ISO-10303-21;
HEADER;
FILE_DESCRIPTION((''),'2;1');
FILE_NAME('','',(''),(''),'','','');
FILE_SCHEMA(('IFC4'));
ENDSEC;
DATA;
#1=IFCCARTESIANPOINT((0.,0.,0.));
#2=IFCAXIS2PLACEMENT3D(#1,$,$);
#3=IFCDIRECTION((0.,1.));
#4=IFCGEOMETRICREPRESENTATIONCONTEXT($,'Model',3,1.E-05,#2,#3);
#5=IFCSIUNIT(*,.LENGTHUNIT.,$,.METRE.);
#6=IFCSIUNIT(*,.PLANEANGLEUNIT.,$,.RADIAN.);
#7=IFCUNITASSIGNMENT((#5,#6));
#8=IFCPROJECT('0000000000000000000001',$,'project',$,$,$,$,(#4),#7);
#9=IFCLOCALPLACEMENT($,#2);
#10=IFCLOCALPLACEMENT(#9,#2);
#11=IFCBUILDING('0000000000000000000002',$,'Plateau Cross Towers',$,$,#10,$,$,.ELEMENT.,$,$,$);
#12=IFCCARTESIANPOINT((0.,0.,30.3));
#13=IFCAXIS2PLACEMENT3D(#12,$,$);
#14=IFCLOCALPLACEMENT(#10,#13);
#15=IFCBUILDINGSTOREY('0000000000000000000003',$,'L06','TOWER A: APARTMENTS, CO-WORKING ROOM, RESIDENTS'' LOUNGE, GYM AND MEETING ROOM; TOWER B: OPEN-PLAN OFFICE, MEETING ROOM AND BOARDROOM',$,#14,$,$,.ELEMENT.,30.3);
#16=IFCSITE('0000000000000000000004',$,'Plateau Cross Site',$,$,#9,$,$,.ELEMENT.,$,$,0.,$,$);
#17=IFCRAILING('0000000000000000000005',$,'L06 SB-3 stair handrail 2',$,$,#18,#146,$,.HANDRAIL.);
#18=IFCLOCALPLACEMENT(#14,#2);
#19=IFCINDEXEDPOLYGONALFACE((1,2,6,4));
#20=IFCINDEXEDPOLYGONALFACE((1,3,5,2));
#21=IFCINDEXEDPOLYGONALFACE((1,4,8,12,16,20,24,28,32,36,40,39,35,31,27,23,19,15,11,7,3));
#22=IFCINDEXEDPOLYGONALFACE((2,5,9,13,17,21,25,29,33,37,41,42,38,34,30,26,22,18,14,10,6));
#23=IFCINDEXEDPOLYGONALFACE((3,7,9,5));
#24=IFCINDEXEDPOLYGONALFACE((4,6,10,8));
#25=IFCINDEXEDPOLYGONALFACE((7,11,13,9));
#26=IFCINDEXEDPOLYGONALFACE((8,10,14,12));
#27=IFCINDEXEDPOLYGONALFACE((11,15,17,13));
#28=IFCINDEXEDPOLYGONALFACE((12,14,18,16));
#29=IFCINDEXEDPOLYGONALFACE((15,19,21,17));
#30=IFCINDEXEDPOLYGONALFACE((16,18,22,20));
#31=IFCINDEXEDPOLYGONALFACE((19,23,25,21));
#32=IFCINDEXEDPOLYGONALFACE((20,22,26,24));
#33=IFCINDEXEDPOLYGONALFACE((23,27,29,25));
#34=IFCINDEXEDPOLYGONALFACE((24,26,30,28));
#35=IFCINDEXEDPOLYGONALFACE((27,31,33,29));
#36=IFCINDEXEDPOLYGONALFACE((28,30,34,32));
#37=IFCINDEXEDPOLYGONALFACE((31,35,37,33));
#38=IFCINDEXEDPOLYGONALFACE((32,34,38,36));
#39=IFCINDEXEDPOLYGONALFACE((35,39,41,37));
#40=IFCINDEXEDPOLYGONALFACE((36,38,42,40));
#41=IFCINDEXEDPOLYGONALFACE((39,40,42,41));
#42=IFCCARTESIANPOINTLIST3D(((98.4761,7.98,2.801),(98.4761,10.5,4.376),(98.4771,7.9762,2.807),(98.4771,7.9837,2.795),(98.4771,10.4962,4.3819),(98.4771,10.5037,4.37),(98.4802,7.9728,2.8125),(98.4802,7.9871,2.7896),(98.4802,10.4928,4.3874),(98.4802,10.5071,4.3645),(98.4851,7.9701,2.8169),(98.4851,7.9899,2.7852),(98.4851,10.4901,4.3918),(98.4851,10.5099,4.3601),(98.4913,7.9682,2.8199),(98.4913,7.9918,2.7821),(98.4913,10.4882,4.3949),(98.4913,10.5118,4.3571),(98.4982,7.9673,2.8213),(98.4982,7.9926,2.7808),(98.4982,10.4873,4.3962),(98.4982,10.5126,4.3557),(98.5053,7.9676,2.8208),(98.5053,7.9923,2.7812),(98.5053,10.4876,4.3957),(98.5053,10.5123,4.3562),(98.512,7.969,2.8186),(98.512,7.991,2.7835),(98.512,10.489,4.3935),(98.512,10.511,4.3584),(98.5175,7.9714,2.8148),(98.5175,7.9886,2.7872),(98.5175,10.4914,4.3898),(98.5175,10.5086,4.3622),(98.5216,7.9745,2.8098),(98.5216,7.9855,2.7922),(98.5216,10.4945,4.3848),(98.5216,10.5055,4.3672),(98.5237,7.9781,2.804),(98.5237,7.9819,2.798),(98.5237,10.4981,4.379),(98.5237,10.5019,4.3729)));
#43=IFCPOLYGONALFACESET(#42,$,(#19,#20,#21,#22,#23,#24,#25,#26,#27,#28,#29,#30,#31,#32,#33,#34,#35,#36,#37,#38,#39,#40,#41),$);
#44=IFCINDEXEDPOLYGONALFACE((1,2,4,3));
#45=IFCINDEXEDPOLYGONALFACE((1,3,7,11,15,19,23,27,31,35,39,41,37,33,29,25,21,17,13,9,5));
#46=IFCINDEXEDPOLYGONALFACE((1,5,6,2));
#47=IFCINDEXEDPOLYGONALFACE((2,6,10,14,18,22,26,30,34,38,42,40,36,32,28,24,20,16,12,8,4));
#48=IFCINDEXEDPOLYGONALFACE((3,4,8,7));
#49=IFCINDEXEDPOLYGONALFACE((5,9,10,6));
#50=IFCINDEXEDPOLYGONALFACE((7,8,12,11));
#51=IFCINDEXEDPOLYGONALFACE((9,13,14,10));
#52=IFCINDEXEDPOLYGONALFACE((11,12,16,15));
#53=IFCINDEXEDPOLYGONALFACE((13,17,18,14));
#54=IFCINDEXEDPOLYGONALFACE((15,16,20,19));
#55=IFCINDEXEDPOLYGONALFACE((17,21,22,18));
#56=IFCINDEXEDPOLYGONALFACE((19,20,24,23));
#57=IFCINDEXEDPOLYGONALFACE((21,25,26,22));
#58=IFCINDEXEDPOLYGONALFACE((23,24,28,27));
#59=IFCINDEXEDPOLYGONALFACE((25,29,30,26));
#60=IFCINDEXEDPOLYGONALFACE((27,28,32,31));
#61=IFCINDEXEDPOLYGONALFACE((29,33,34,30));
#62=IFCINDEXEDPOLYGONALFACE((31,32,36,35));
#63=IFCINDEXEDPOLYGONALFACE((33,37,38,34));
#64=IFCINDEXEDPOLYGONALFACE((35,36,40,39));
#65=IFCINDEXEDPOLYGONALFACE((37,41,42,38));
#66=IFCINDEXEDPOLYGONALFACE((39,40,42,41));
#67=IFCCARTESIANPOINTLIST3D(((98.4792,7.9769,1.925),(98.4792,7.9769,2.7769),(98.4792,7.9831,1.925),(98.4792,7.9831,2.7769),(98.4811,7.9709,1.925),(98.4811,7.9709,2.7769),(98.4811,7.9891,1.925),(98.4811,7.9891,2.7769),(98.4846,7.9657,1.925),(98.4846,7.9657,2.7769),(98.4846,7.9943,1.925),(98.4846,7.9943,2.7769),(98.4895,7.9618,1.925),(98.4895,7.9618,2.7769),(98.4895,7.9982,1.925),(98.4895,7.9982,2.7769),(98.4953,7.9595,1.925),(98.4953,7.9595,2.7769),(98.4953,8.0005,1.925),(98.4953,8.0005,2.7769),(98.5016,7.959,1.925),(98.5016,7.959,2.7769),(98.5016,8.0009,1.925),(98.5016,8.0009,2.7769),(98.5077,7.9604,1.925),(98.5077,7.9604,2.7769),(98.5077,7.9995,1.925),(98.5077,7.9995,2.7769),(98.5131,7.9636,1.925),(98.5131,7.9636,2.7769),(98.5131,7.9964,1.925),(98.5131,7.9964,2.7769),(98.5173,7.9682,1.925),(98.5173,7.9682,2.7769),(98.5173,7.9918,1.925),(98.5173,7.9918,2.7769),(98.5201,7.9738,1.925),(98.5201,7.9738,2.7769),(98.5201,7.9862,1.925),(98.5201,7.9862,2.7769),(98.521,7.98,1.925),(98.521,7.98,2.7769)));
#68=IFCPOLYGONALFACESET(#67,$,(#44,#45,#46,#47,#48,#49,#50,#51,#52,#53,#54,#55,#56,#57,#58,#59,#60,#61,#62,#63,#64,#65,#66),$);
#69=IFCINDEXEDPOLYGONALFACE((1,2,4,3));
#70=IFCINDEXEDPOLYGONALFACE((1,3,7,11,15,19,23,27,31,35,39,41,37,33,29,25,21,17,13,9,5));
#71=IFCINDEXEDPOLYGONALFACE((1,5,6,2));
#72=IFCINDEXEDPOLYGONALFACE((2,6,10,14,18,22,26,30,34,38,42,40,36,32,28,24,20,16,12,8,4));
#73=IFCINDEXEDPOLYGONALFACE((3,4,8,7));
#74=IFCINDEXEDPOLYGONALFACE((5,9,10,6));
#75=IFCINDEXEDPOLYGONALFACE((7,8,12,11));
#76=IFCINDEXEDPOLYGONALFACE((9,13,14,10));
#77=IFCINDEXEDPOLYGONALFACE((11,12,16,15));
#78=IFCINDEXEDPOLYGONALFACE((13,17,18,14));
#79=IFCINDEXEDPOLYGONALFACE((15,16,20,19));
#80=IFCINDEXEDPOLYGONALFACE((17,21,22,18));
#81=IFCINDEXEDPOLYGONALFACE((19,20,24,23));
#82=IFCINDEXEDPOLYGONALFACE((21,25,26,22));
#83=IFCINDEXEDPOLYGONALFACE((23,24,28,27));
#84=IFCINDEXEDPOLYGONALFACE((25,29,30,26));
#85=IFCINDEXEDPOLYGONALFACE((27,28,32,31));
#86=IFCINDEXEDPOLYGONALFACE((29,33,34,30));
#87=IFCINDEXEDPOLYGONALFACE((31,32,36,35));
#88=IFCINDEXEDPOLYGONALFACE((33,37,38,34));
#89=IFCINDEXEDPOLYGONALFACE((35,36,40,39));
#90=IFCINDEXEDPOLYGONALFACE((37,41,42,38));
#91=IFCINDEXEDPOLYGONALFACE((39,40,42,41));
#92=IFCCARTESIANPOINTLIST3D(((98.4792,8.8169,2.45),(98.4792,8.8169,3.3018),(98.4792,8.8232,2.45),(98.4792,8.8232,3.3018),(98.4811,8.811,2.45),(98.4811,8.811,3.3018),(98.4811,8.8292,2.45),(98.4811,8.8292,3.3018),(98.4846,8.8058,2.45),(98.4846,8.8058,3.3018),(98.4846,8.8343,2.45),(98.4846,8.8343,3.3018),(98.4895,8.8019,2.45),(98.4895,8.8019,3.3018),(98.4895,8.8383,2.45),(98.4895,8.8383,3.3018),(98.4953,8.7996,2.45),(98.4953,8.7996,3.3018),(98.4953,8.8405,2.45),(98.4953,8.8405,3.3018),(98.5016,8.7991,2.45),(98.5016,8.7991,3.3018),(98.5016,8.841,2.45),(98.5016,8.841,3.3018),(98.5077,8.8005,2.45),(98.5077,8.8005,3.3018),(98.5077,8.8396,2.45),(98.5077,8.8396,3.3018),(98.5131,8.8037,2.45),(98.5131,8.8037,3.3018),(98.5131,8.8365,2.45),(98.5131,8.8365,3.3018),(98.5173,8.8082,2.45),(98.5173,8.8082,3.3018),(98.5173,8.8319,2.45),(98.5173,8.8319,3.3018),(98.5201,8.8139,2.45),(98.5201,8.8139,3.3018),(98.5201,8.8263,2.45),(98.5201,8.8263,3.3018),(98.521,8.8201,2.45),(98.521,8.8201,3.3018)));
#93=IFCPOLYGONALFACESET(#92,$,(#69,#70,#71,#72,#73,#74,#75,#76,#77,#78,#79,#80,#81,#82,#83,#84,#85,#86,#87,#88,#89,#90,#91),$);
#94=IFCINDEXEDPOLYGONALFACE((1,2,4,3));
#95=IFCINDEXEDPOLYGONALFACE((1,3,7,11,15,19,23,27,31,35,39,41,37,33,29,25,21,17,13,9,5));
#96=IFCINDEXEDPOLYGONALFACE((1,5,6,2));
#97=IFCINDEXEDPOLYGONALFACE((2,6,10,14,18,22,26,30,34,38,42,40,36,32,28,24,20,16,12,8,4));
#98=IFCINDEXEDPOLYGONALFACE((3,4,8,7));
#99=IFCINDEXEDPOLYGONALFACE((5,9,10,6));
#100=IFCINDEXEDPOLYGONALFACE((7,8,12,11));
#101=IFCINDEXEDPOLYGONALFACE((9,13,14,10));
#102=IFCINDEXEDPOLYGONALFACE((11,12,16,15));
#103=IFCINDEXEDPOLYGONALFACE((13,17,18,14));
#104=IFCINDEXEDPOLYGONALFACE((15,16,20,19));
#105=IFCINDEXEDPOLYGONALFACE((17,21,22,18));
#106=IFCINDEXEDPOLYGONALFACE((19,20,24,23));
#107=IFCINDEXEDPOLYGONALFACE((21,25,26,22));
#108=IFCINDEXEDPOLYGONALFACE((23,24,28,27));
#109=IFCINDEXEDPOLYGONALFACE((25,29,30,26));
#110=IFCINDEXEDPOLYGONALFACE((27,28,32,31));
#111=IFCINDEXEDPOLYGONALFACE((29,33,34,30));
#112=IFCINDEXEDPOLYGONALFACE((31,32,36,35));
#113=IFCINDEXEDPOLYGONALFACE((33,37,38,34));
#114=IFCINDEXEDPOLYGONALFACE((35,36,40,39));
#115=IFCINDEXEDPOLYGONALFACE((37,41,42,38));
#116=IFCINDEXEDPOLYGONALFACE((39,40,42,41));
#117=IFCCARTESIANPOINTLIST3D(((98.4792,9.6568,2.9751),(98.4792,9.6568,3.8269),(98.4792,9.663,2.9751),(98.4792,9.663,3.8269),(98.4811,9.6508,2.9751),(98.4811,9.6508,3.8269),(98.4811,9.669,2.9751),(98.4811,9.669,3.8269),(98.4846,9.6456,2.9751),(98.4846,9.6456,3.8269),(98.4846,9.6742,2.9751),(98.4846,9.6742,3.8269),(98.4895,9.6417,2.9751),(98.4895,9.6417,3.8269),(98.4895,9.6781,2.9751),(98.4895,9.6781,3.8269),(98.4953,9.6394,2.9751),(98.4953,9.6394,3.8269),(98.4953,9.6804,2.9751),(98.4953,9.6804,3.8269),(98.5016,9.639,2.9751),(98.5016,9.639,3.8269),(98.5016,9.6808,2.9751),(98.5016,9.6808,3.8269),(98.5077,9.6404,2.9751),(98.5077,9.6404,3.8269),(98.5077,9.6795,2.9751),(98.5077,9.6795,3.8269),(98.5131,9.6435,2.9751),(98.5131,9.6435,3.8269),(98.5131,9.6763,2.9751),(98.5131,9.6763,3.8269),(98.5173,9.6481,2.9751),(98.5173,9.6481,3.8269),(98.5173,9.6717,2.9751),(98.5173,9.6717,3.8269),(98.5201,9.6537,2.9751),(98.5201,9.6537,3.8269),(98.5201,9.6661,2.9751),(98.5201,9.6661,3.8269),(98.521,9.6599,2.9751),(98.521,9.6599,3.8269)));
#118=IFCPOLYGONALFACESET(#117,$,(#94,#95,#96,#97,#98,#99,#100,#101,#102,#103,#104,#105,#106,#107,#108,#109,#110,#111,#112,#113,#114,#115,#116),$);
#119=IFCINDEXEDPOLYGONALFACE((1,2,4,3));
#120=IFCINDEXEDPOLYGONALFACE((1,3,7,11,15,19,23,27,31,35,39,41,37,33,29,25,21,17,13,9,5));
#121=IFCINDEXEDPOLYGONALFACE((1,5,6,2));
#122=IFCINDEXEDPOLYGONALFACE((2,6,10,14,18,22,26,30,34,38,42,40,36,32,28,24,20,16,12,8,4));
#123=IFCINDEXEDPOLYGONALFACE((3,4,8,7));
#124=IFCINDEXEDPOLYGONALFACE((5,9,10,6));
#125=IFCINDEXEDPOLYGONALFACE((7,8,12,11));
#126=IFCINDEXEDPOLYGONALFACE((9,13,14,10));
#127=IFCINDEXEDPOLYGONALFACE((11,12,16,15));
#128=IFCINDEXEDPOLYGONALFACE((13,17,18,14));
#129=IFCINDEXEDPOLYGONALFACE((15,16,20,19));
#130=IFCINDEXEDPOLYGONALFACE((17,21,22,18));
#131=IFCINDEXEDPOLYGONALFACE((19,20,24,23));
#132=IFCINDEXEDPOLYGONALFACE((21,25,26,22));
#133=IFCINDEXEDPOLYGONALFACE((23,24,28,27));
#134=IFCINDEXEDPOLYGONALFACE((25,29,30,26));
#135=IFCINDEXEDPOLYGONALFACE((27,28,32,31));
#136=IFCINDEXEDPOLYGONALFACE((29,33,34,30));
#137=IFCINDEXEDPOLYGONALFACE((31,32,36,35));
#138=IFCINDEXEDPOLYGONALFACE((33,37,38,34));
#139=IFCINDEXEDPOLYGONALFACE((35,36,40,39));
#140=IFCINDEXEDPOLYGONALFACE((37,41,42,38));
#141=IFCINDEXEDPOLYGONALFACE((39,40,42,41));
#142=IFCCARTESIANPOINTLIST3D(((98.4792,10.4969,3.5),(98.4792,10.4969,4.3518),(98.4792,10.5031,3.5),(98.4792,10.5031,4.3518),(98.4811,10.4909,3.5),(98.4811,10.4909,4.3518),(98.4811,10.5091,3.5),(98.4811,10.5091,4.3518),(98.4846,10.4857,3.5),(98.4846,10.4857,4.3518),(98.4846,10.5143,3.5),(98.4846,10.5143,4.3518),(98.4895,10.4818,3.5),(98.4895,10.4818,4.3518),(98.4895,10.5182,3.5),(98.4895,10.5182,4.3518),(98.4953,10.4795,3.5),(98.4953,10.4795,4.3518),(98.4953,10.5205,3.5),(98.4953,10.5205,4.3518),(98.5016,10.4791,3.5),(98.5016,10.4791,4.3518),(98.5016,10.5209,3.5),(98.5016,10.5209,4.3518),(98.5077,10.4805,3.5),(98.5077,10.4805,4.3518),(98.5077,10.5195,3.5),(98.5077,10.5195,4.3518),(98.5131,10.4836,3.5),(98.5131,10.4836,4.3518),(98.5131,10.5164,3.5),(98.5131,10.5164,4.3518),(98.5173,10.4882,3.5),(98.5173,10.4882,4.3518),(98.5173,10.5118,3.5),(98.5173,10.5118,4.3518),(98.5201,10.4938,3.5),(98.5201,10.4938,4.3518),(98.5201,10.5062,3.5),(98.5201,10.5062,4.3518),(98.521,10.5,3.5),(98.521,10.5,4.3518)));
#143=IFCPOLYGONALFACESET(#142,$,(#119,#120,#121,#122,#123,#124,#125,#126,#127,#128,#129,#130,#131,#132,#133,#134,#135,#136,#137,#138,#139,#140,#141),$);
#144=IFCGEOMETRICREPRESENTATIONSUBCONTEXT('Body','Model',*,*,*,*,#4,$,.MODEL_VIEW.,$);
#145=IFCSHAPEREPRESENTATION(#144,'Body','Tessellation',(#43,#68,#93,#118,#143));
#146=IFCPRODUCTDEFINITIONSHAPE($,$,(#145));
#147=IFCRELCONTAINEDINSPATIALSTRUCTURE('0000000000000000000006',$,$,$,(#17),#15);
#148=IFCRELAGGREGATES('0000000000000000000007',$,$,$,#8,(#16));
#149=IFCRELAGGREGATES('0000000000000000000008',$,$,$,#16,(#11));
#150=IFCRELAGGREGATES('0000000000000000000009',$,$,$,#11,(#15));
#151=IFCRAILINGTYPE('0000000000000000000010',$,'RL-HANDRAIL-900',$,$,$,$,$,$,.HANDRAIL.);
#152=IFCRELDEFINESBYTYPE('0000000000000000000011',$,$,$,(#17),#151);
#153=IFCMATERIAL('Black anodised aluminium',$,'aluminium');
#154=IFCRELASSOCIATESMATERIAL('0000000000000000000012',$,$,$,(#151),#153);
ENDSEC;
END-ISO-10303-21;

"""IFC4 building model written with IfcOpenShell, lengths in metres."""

from ifc_helpers import new_model, si_unit, direction, frame, origin, origin_2d, place, context, subcontext, project, spatial, circle, extrude, material, type_object, element, save


model = new_model("IFC4")

# Units and contexts
model_context = context("Model", 3, precision=1e-05, world=origin(), true_north=direction((0.0, 1.0)))
body_context = subcontext(model_context, "Body", "Model", "MODEL_VIEW")
ifc_project = project(units=[si_unit("LENGTHUNIT", "METRE"), si_unit("PLANEANGLEUNIT", "RADIAN")], contexts=[model_context])

# Site, building, storey
site_placement = place(None, origin())
site = spatial("IfcSite", under=ifc_project, at=site_placement, Name="Plateau Cross Site", CompositionType="ELEMENT", RefElevation=0.0)
building_placement = place(site_placement, origin())
building = spatial("IfcBuilding", under=site, at=building_placement, Name="Plateau Cross Towers", CompositionType="ELEMENT")
storey_placement = place(building_placement, frame((0.0, 0.0, 30.3)))
storey = spatial("IfcBuildingStorey", under=building, at=storey_placement, Name="L06", Description="TOWER A: APARTMENTS, CO-WORKING ROOM, RESIDENTS' LOUNGE, GYM AND MEETING ROOM; TOWER B: OPEN-PLAN OFFICE, MEETING ROOM AND BOARDROOM", CompositionType="ELEMENT", Elevation=30.3)

# Shared definitions
ifc_material_1 = material(Name="Black anodised aluminium", Category="aluminium")

# Railing
railing_type_1 = type_object("IfcRailingType", Name="RL-HANDRAIL-900", PredefinedType="HANDRAIL", material=ifc_material_1)
railing_1_placement = place(storey_placement, frame((98.5, 7.98, 1.925)))
element("IfcRailing", 1, at=railing_1_placement, inside=storey, type_object=railing_type_1, Name="L06 SB-3 stair handrail 2", PredefinedType="HANDRAIL", context=body_context, shape_type="SweptSolid", body=[
    extrude(circle(Radius=0.0239, at=origin_2d()), frame((0.0, 0.0, 0.876), z_axis=(0.0, 0.848008, 0.529984), x_axis=(-1.0, 0.0, 0.0)), (0.0, 0.0, 1.0), 2.9717),
    extrude(circle(Radius=0.021, at=origin_2d()), origin(), (0.0, 0.0, 1.0), 0.8518),
    extrude(circle(Radius=0.021, at=origin_2d()), frame((0.0, 0.8401, 0.5249)), (0.0, 0.0, 1.0), 0.8518),
    extrude(circle(Radius=0.021, at=origin_2d()), frame((0.0, 1.6799, 1.05)), (0.0, 0.0, 1.0), 0.8518),
    extrude(circle(Radius=0.021, at=origin_2d()), frame((0.0, 2.52, 1.575)), (0.0, 0.0, 1.0), 0.8518),
])

save(model, "model.ifc")
